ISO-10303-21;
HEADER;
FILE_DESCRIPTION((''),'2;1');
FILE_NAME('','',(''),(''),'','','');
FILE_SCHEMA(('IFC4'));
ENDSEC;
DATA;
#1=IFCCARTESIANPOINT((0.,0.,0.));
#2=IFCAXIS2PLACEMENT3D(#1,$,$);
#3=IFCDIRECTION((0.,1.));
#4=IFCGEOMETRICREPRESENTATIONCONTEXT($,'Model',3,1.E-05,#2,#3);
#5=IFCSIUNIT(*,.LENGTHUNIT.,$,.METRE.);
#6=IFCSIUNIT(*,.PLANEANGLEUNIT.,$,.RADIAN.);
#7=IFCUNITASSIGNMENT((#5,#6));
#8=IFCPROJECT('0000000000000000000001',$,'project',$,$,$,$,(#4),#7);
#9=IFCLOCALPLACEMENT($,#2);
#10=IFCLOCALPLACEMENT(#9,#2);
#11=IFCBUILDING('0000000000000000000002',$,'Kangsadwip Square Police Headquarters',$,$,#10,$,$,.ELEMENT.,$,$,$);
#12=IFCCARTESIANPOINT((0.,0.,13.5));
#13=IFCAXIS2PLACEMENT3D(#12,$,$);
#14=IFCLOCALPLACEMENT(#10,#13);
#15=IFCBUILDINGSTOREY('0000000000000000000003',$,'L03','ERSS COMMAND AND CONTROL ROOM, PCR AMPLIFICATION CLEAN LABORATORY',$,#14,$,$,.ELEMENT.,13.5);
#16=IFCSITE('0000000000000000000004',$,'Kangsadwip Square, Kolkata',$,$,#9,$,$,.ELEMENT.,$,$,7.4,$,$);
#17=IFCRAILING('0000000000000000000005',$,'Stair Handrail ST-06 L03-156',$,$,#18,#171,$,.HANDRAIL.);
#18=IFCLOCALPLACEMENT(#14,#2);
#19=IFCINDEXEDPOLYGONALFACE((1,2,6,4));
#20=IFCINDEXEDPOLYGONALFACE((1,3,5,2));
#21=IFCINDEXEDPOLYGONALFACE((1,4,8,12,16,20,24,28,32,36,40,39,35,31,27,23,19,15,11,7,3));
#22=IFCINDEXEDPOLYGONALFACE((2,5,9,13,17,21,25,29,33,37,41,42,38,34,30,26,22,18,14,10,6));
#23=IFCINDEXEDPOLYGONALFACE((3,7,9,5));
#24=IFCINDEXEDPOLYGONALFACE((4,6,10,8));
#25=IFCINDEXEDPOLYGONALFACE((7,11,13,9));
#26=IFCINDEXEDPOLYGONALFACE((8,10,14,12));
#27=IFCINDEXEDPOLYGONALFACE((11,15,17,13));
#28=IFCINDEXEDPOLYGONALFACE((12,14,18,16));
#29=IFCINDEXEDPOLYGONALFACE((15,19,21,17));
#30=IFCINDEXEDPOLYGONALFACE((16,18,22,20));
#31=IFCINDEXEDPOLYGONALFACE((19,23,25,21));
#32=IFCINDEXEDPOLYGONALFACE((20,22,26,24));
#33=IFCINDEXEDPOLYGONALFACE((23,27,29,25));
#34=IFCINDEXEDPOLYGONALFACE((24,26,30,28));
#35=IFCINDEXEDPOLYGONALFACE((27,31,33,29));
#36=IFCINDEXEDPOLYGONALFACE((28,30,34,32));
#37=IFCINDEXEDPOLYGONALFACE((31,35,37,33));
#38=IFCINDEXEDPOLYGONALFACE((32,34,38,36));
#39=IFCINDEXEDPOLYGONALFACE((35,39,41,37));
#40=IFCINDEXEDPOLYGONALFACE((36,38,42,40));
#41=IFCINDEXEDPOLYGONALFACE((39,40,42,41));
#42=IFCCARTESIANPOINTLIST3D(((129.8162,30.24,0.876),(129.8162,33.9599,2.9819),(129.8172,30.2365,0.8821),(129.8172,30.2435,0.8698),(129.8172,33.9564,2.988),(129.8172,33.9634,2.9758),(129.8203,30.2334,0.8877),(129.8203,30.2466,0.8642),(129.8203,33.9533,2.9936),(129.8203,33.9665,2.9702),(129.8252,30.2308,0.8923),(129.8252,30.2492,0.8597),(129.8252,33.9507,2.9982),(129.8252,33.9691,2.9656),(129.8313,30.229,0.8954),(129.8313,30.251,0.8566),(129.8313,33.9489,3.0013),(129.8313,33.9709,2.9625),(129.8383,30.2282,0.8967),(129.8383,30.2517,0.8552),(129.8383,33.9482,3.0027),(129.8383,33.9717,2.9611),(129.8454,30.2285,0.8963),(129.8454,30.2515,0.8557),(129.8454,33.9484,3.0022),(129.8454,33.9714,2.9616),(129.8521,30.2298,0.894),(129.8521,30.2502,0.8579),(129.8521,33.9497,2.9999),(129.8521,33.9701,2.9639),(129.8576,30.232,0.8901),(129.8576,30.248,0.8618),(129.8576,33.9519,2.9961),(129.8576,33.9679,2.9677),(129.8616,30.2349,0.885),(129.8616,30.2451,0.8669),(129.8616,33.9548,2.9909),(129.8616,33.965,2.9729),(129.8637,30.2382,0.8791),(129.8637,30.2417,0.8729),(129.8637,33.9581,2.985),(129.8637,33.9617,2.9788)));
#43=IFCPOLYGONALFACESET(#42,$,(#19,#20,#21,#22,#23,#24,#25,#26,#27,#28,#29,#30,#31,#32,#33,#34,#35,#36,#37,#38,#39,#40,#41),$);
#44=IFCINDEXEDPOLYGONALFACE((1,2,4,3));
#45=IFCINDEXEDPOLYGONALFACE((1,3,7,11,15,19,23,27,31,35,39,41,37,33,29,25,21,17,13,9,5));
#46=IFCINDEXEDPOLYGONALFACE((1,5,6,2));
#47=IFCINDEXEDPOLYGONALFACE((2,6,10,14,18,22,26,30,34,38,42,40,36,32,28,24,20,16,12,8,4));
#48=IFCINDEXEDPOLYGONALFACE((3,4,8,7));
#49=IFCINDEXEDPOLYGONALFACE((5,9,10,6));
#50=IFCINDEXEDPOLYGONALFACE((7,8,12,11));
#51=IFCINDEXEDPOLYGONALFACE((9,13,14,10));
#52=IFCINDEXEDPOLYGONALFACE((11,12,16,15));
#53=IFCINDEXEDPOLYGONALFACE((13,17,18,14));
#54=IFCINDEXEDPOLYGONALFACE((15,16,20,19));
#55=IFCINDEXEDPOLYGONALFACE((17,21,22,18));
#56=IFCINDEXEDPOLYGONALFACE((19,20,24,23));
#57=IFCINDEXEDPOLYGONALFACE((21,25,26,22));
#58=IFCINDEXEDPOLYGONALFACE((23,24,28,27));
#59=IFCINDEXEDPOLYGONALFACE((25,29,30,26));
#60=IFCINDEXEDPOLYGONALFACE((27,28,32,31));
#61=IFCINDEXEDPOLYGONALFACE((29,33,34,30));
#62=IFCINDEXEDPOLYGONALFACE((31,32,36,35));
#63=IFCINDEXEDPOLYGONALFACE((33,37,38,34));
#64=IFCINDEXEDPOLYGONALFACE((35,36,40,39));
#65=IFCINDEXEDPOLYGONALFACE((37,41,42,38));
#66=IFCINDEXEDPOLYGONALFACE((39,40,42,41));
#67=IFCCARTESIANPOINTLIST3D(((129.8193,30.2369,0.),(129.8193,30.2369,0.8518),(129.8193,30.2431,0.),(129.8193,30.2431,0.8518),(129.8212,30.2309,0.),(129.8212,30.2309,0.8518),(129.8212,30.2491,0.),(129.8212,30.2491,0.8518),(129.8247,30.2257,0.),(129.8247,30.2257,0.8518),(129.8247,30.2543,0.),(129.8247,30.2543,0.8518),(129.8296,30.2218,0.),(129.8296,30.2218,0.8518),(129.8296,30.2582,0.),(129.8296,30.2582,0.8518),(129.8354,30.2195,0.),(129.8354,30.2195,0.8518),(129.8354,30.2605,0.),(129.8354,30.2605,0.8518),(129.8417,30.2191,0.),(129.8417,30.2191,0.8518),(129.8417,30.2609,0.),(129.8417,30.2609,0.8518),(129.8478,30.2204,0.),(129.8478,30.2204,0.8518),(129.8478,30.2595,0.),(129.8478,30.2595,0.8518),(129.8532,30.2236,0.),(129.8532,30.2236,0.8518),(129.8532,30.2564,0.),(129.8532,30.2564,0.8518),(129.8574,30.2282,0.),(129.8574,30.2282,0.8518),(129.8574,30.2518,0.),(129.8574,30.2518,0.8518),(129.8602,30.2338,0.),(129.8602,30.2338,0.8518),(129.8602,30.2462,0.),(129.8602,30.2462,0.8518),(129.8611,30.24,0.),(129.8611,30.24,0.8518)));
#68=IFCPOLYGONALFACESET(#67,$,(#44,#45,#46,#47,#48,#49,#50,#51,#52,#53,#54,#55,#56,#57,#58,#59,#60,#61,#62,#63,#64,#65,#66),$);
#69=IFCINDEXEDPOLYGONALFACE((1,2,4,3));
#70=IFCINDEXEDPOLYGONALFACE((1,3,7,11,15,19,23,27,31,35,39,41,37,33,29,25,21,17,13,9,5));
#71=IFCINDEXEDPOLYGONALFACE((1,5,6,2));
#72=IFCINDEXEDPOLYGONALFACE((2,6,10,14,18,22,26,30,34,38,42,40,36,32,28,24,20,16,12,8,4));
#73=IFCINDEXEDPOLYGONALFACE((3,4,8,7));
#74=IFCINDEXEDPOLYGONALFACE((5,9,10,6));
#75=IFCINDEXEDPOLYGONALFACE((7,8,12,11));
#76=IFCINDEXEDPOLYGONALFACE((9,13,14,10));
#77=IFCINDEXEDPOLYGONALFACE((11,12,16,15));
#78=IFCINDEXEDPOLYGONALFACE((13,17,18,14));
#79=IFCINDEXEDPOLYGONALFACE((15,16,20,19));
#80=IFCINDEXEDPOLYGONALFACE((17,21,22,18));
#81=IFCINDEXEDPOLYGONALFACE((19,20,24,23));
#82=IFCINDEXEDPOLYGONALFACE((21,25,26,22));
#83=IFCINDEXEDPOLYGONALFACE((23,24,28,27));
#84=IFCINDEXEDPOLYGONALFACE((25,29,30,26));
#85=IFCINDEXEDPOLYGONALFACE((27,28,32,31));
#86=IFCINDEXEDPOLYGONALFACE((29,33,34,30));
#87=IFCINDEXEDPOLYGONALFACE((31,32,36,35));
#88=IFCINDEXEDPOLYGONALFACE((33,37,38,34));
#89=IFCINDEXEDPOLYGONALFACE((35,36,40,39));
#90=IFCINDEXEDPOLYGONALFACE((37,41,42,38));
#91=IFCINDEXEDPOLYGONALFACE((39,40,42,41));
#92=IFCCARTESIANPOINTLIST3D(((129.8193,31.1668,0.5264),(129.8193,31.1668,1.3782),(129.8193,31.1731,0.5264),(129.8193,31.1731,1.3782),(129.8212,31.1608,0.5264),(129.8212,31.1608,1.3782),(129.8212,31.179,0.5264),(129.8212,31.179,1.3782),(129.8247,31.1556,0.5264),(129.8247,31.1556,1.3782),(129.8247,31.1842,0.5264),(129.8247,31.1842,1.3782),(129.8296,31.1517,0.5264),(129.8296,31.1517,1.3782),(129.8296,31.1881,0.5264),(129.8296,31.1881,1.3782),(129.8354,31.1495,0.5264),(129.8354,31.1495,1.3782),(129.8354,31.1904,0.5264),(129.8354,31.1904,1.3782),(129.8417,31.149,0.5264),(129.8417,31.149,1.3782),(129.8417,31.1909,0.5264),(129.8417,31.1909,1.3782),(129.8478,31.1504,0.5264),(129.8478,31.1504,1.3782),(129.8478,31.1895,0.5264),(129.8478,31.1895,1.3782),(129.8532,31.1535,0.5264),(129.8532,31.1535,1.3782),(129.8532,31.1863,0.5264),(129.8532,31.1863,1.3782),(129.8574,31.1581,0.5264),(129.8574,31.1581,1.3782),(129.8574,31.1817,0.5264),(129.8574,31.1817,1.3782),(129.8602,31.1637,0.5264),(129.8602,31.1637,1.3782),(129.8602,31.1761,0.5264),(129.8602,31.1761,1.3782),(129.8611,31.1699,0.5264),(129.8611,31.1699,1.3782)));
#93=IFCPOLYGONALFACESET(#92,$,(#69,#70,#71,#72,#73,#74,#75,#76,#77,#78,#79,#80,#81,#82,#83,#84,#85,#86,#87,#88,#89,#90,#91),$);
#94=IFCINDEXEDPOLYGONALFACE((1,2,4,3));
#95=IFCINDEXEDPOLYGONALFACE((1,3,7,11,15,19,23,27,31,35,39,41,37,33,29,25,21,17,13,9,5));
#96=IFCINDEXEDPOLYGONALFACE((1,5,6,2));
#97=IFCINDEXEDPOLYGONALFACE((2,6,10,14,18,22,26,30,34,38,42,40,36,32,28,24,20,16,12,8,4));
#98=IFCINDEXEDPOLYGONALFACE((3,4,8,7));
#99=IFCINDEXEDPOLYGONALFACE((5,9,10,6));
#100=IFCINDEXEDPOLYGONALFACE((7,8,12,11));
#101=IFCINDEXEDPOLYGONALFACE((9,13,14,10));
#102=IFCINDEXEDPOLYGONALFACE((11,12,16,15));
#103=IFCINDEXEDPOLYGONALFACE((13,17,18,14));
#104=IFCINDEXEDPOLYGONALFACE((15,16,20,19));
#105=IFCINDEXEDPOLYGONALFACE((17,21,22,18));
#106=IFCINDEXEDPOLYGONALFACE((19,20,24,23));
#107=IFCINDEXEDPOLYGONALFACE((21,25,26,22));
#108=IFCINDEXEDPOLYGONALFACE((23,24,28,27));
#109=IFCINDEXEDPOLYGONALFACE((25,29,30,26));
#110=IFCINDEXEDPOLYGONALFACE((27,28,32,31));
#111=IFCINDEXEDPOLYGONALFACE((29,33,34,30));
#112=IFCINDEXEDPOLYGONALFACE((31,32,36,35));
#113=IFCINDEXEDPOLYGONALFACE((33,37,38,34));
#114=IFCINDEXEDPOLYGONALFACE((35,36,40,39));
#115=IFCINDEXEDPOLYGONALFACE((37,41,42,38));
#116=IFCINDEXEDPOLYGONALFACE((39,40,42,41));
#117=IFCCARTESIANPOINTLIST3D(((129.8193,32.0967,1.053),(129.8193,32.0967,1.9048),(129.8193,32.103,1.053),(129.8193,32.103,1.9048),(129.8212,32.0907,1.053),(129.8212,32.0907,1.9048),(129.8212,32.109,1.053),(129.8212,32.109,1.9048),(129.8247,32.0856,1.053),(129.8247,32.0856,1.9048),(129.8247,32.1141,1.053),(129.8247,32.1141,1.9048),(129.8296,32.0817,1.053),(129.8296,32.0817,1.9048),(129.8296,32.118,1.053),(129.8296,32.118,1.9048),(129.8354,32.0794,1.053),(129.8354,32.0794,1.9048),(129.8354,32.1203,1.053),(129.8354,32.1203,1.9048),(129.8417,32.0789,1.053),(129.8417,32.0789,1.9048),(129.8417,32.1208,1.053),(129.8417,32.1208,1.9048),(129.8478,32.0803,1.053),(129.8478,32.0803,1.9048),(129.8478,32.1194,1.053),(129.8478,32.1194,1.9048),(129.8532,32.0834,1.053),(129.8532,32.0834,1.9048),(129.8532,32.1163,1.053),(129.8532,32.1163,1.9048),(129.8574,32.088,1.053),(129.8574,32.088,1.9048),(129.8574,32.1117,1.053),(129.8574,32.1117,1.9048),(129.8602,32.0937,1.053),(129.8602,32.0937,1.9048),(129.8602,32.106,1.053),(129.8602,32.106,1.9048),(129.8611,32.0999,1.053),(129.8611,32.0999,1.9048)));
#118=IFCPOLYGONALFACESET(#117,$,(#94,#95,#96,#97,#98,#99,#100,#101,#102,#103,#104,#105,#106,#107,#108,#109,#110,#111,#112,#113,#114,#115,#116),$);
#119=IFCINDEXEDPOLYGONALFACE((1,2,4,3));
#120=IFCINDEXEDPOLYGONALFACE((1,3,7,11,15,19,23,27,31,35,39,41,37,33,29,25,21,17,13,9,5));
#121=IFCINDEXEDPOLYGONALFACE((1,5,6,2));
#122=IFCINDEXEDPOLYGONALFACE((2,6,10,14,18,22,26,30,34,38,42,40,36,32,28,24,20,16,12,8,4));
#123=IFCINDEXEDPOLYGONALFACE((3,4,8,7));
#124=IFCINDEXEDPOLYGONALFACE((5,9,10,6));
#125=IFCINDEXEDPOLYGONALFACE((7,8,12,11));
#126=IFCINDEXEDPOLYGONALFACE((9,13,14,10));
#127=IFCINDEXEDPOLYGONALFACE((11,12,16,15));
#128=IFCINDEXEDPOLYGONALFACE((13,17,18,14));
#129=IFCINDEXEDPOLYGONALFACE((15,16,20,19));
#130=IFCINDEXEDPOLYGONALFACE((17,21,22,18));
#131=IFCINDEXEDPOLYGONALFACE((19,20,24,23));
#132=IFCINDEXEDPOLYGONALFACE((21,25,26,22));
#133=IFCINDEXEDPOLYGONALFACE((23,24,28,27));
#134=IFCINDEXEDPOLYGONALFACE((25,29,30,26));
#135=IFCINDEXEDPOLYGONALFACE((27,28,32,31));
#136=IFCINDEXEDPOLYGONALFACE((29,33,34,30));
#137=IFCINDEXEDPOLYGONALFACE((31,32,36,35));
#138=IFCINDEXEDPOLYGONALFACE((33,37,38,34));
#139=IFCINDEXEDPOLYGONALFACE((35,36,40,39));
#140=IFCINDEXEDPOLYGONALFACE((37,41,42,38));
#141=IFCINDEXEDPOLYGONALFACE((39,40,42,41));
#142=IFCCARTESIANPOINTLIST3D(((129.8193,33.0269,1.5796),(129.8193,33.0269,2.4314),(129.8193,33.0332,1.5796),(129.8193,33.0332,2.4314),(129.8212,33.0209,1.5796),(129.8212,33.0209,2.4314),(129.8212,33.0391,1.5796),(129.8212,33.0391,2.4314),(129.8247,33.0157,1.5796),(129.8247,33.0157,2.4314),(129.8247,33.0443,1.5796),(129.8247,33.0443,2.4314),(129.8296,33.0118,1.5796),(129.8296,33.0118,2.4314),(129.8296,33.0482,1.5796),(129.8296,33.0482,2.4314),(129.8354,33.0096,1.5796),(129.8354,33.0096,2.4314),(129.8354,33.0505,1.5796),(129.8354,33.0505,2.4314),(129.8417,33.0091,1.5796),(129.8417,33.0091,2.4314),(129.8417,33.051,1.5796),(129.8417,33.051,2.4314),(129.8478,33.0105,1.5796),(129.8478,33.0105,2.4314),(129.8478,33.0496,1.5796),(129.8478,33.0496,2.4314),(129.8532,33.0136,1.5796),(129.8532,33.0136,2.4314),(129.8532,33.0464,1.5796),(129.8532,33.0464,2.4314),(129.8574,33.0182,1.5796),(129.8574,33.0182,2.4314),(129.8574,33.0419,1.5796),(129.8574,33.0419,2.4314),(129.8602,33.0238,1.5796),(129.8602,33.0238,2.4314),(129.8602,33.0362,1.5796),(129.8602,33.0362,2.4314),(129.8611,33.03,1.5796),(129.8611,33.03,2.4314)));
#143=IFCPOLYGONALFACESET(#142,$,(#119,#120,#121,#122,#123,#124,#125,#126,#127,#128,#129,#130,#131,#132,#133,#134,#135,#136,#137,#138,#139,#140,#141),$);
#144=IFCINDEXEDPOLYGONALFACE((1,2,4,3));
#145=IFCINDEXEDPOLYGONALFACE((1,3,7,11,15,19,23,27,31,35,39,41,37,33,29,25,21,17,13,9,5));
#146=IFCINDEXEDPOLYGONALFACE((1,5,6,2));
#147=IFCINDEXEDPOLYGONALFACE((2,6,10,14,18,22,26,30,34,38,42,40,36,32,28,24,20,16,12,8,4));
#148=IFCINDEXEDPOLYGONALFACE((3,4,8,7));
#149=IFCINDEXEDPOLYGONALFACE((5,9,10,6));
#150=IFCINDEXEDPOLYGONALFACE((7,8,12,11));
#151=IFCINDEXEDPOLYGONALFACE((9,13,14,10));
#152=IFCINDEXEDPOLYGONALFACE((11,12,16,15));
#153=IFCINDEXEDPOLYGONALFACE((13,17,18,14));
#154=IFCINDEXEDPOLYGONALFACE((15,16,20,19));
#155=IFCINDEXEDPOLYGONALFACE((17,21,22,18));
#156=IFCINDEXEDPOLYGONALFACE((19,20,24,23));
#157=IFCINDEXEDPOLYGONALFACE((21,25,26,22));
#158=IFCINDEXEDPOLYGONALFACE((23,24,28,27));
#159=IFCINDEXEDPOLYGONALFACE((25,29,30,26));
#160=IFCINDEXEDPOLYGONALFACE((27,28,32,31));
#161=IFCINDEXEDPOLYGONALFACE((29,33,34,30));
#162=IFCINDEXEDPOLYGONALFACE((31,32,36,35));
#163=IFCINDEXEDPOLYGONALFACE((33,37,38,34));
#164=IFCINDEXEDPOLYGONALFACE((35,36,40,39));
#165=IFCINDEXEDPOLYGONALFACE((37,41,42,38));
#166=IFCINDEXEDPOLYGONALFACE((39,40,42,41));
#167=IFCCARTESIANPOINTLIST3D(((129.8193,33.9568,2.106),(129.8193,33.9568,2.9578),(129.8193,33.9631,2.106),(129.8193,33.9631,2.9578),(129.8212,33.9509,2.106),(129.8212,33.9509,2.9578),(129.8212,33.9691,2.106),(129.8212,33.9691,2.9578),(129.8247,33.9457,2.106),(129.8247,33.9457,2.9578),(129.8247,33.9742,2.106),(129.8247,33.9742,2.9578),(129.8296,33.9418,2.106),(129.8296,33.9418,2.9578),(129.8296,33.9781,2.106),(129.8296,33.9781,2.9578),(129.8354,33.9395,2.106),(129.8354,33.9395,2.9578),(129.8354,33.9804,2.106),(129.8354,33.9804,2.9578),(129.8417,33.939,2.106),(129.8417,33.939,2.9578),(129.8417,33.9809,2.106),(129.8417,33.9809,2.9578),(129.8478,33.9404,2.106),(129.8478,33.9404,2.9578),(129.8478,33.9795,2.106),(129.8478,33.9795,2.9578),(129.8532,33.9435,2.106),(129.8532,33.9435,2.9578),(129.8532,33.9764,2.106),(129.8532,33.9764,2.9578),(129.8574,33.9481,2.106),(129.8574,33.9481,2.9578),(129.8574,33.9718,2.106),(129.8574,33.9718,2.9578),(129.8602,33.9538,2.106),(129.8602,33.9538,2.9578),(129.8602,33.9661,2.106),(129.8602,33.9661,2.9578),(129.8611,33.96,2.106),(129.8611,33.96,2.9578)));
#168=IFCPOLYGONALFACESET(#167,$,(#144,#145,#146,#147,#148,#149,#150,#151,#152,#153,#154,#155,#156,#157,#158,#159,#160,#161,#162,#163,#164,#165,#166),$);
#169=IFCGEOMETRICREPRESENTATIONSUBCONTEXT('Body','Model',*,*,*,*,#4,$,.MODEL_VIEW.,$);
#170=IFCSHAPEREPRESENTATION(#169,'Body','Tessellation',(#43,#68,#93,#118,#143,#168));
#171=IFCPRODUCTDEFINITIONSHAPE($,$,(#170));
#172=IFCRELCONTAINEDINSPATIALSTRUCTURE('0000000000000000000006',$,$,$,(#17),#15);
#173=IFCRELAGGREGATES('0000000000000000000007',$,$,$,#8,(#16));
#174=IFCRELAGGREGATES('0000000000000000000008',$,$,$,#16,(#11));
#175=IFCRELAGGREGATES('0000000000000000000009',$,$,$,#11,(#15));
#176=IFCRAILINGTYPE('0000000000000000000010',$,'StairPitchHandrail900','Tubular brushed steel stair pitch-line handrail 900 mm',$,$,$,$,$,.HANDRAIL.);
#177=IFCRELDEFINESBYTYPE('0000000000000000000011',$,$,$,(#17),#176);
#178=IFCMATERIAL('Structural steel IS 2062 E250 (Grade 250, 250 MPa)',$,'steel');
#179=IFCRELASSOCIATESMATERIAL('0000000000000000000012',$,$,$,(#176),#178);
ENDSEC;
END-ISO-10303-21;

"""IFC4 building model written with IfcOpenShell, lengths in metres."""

from ifc_helpers import new_model, si_unit, direction, frame, origin, origin_2d, place, context, subcontext, project, spatial, circle, extrude, material, type_object, element, save


model = new_model("IFC4")

# Units and contexts
model_context = context("Model", 3, precision=1e-05, world=origin(), true_north=direction((0.0, 1.0)))
body_context = subcontext(model_context, "Body", "Model", "MODEL_VIEW")
ifc_project = project(units=[si_unit("LENGTHUNIT", "METRE"), si_unit("PLANEANGLEUNIT", "RADIAN")], contexts=[model_context])

# Site, building, storey
site_placement = place(None, origin())
site = spatial("IfcSite", under=ifc_project, at=site_placement, Name="Kangsadwip Square, Kolkata", CompositionType="ELEMENT", RefElevation=7.4)
building_placement = place(site_placement, origin())
building = spatial("IfcBuilding", under=site, at=building_placement, Name="Kangsadwip Square Police Headquarters", CompositionType="ELEMENT")
storey_placement = place(building_placement, frame((0.0, 0.0, 13.5)))
storey = spatial("IfcBuildingStorey", under=building, at=storey_placement, Name="L03", Description="ERSS COMMAND AND CONTROL ROOM, PCR AMPLIFICATION CLEAN LABORATORY", CompositionType="ELEMENT", Elevation=13.5)

# Railing
ifc_material_1 = material(Name="Structural steel IS 2062 E250 (Grade 250, 250 MPa)", Category="steel")
railing_type_1 = type_object("IfcRailingType", Name="StairPitchHandrail900", Description="Tubular brushed steel stair pitch-line handrail 900 mm", PredefinedType="HANDRAIL", material=ifc_material_1)
railing_1_placement = place(storey_placement, frame((129.8401, 30.24, 0.0)))
element("IfcRailing", 1, at=railing_1_placement, inside=storey, type_object=railing_type_1, Name="Stair Handrail ST-06 L03-156", PredefinedType="HANDRAIL", context=body_context, shape_type="SweptSolid", body=[
    extrude(circle(Radius=0.0239, at=origin_2d()), frame((0.0, 0.0, 0.876), z_axis=(0.0, 0.870225, 0.492654), x_axis=(-1.0, 0.0, 0.0)), (0.0, 0.0, 1.0), 4.2747),
    extrude(circle(Radius=0.021, at=origin_2d()), origin(), (0.0, 0.0, 1.0), 0.8518),
    extrude(circle(Radius=0.021, at=origin_2d()), frame((0.0, 0.9299, 0.5264)), (0.0, 0.0, 1.0), 0.8518),
    extrude(circle(Radius=0.021, at=origin_2d()), frame((0.0, 1.8599, 1.053)), (0.0, 0.0, 1.0), 0.8518),
    extrude(circle(Radius=0.021, at=origin_2d()), frame((0.0, 2.79, 1.5796)), (0.0, 0.0, 1.0), 0.8518),
    extrude(circle(Radius=0.021, at=origin_2d()), frame((0.0, 3.72, 2.106)), (0.0, 0.0, 1.0), 0.8518),
])

save(model, "model.ifc")
